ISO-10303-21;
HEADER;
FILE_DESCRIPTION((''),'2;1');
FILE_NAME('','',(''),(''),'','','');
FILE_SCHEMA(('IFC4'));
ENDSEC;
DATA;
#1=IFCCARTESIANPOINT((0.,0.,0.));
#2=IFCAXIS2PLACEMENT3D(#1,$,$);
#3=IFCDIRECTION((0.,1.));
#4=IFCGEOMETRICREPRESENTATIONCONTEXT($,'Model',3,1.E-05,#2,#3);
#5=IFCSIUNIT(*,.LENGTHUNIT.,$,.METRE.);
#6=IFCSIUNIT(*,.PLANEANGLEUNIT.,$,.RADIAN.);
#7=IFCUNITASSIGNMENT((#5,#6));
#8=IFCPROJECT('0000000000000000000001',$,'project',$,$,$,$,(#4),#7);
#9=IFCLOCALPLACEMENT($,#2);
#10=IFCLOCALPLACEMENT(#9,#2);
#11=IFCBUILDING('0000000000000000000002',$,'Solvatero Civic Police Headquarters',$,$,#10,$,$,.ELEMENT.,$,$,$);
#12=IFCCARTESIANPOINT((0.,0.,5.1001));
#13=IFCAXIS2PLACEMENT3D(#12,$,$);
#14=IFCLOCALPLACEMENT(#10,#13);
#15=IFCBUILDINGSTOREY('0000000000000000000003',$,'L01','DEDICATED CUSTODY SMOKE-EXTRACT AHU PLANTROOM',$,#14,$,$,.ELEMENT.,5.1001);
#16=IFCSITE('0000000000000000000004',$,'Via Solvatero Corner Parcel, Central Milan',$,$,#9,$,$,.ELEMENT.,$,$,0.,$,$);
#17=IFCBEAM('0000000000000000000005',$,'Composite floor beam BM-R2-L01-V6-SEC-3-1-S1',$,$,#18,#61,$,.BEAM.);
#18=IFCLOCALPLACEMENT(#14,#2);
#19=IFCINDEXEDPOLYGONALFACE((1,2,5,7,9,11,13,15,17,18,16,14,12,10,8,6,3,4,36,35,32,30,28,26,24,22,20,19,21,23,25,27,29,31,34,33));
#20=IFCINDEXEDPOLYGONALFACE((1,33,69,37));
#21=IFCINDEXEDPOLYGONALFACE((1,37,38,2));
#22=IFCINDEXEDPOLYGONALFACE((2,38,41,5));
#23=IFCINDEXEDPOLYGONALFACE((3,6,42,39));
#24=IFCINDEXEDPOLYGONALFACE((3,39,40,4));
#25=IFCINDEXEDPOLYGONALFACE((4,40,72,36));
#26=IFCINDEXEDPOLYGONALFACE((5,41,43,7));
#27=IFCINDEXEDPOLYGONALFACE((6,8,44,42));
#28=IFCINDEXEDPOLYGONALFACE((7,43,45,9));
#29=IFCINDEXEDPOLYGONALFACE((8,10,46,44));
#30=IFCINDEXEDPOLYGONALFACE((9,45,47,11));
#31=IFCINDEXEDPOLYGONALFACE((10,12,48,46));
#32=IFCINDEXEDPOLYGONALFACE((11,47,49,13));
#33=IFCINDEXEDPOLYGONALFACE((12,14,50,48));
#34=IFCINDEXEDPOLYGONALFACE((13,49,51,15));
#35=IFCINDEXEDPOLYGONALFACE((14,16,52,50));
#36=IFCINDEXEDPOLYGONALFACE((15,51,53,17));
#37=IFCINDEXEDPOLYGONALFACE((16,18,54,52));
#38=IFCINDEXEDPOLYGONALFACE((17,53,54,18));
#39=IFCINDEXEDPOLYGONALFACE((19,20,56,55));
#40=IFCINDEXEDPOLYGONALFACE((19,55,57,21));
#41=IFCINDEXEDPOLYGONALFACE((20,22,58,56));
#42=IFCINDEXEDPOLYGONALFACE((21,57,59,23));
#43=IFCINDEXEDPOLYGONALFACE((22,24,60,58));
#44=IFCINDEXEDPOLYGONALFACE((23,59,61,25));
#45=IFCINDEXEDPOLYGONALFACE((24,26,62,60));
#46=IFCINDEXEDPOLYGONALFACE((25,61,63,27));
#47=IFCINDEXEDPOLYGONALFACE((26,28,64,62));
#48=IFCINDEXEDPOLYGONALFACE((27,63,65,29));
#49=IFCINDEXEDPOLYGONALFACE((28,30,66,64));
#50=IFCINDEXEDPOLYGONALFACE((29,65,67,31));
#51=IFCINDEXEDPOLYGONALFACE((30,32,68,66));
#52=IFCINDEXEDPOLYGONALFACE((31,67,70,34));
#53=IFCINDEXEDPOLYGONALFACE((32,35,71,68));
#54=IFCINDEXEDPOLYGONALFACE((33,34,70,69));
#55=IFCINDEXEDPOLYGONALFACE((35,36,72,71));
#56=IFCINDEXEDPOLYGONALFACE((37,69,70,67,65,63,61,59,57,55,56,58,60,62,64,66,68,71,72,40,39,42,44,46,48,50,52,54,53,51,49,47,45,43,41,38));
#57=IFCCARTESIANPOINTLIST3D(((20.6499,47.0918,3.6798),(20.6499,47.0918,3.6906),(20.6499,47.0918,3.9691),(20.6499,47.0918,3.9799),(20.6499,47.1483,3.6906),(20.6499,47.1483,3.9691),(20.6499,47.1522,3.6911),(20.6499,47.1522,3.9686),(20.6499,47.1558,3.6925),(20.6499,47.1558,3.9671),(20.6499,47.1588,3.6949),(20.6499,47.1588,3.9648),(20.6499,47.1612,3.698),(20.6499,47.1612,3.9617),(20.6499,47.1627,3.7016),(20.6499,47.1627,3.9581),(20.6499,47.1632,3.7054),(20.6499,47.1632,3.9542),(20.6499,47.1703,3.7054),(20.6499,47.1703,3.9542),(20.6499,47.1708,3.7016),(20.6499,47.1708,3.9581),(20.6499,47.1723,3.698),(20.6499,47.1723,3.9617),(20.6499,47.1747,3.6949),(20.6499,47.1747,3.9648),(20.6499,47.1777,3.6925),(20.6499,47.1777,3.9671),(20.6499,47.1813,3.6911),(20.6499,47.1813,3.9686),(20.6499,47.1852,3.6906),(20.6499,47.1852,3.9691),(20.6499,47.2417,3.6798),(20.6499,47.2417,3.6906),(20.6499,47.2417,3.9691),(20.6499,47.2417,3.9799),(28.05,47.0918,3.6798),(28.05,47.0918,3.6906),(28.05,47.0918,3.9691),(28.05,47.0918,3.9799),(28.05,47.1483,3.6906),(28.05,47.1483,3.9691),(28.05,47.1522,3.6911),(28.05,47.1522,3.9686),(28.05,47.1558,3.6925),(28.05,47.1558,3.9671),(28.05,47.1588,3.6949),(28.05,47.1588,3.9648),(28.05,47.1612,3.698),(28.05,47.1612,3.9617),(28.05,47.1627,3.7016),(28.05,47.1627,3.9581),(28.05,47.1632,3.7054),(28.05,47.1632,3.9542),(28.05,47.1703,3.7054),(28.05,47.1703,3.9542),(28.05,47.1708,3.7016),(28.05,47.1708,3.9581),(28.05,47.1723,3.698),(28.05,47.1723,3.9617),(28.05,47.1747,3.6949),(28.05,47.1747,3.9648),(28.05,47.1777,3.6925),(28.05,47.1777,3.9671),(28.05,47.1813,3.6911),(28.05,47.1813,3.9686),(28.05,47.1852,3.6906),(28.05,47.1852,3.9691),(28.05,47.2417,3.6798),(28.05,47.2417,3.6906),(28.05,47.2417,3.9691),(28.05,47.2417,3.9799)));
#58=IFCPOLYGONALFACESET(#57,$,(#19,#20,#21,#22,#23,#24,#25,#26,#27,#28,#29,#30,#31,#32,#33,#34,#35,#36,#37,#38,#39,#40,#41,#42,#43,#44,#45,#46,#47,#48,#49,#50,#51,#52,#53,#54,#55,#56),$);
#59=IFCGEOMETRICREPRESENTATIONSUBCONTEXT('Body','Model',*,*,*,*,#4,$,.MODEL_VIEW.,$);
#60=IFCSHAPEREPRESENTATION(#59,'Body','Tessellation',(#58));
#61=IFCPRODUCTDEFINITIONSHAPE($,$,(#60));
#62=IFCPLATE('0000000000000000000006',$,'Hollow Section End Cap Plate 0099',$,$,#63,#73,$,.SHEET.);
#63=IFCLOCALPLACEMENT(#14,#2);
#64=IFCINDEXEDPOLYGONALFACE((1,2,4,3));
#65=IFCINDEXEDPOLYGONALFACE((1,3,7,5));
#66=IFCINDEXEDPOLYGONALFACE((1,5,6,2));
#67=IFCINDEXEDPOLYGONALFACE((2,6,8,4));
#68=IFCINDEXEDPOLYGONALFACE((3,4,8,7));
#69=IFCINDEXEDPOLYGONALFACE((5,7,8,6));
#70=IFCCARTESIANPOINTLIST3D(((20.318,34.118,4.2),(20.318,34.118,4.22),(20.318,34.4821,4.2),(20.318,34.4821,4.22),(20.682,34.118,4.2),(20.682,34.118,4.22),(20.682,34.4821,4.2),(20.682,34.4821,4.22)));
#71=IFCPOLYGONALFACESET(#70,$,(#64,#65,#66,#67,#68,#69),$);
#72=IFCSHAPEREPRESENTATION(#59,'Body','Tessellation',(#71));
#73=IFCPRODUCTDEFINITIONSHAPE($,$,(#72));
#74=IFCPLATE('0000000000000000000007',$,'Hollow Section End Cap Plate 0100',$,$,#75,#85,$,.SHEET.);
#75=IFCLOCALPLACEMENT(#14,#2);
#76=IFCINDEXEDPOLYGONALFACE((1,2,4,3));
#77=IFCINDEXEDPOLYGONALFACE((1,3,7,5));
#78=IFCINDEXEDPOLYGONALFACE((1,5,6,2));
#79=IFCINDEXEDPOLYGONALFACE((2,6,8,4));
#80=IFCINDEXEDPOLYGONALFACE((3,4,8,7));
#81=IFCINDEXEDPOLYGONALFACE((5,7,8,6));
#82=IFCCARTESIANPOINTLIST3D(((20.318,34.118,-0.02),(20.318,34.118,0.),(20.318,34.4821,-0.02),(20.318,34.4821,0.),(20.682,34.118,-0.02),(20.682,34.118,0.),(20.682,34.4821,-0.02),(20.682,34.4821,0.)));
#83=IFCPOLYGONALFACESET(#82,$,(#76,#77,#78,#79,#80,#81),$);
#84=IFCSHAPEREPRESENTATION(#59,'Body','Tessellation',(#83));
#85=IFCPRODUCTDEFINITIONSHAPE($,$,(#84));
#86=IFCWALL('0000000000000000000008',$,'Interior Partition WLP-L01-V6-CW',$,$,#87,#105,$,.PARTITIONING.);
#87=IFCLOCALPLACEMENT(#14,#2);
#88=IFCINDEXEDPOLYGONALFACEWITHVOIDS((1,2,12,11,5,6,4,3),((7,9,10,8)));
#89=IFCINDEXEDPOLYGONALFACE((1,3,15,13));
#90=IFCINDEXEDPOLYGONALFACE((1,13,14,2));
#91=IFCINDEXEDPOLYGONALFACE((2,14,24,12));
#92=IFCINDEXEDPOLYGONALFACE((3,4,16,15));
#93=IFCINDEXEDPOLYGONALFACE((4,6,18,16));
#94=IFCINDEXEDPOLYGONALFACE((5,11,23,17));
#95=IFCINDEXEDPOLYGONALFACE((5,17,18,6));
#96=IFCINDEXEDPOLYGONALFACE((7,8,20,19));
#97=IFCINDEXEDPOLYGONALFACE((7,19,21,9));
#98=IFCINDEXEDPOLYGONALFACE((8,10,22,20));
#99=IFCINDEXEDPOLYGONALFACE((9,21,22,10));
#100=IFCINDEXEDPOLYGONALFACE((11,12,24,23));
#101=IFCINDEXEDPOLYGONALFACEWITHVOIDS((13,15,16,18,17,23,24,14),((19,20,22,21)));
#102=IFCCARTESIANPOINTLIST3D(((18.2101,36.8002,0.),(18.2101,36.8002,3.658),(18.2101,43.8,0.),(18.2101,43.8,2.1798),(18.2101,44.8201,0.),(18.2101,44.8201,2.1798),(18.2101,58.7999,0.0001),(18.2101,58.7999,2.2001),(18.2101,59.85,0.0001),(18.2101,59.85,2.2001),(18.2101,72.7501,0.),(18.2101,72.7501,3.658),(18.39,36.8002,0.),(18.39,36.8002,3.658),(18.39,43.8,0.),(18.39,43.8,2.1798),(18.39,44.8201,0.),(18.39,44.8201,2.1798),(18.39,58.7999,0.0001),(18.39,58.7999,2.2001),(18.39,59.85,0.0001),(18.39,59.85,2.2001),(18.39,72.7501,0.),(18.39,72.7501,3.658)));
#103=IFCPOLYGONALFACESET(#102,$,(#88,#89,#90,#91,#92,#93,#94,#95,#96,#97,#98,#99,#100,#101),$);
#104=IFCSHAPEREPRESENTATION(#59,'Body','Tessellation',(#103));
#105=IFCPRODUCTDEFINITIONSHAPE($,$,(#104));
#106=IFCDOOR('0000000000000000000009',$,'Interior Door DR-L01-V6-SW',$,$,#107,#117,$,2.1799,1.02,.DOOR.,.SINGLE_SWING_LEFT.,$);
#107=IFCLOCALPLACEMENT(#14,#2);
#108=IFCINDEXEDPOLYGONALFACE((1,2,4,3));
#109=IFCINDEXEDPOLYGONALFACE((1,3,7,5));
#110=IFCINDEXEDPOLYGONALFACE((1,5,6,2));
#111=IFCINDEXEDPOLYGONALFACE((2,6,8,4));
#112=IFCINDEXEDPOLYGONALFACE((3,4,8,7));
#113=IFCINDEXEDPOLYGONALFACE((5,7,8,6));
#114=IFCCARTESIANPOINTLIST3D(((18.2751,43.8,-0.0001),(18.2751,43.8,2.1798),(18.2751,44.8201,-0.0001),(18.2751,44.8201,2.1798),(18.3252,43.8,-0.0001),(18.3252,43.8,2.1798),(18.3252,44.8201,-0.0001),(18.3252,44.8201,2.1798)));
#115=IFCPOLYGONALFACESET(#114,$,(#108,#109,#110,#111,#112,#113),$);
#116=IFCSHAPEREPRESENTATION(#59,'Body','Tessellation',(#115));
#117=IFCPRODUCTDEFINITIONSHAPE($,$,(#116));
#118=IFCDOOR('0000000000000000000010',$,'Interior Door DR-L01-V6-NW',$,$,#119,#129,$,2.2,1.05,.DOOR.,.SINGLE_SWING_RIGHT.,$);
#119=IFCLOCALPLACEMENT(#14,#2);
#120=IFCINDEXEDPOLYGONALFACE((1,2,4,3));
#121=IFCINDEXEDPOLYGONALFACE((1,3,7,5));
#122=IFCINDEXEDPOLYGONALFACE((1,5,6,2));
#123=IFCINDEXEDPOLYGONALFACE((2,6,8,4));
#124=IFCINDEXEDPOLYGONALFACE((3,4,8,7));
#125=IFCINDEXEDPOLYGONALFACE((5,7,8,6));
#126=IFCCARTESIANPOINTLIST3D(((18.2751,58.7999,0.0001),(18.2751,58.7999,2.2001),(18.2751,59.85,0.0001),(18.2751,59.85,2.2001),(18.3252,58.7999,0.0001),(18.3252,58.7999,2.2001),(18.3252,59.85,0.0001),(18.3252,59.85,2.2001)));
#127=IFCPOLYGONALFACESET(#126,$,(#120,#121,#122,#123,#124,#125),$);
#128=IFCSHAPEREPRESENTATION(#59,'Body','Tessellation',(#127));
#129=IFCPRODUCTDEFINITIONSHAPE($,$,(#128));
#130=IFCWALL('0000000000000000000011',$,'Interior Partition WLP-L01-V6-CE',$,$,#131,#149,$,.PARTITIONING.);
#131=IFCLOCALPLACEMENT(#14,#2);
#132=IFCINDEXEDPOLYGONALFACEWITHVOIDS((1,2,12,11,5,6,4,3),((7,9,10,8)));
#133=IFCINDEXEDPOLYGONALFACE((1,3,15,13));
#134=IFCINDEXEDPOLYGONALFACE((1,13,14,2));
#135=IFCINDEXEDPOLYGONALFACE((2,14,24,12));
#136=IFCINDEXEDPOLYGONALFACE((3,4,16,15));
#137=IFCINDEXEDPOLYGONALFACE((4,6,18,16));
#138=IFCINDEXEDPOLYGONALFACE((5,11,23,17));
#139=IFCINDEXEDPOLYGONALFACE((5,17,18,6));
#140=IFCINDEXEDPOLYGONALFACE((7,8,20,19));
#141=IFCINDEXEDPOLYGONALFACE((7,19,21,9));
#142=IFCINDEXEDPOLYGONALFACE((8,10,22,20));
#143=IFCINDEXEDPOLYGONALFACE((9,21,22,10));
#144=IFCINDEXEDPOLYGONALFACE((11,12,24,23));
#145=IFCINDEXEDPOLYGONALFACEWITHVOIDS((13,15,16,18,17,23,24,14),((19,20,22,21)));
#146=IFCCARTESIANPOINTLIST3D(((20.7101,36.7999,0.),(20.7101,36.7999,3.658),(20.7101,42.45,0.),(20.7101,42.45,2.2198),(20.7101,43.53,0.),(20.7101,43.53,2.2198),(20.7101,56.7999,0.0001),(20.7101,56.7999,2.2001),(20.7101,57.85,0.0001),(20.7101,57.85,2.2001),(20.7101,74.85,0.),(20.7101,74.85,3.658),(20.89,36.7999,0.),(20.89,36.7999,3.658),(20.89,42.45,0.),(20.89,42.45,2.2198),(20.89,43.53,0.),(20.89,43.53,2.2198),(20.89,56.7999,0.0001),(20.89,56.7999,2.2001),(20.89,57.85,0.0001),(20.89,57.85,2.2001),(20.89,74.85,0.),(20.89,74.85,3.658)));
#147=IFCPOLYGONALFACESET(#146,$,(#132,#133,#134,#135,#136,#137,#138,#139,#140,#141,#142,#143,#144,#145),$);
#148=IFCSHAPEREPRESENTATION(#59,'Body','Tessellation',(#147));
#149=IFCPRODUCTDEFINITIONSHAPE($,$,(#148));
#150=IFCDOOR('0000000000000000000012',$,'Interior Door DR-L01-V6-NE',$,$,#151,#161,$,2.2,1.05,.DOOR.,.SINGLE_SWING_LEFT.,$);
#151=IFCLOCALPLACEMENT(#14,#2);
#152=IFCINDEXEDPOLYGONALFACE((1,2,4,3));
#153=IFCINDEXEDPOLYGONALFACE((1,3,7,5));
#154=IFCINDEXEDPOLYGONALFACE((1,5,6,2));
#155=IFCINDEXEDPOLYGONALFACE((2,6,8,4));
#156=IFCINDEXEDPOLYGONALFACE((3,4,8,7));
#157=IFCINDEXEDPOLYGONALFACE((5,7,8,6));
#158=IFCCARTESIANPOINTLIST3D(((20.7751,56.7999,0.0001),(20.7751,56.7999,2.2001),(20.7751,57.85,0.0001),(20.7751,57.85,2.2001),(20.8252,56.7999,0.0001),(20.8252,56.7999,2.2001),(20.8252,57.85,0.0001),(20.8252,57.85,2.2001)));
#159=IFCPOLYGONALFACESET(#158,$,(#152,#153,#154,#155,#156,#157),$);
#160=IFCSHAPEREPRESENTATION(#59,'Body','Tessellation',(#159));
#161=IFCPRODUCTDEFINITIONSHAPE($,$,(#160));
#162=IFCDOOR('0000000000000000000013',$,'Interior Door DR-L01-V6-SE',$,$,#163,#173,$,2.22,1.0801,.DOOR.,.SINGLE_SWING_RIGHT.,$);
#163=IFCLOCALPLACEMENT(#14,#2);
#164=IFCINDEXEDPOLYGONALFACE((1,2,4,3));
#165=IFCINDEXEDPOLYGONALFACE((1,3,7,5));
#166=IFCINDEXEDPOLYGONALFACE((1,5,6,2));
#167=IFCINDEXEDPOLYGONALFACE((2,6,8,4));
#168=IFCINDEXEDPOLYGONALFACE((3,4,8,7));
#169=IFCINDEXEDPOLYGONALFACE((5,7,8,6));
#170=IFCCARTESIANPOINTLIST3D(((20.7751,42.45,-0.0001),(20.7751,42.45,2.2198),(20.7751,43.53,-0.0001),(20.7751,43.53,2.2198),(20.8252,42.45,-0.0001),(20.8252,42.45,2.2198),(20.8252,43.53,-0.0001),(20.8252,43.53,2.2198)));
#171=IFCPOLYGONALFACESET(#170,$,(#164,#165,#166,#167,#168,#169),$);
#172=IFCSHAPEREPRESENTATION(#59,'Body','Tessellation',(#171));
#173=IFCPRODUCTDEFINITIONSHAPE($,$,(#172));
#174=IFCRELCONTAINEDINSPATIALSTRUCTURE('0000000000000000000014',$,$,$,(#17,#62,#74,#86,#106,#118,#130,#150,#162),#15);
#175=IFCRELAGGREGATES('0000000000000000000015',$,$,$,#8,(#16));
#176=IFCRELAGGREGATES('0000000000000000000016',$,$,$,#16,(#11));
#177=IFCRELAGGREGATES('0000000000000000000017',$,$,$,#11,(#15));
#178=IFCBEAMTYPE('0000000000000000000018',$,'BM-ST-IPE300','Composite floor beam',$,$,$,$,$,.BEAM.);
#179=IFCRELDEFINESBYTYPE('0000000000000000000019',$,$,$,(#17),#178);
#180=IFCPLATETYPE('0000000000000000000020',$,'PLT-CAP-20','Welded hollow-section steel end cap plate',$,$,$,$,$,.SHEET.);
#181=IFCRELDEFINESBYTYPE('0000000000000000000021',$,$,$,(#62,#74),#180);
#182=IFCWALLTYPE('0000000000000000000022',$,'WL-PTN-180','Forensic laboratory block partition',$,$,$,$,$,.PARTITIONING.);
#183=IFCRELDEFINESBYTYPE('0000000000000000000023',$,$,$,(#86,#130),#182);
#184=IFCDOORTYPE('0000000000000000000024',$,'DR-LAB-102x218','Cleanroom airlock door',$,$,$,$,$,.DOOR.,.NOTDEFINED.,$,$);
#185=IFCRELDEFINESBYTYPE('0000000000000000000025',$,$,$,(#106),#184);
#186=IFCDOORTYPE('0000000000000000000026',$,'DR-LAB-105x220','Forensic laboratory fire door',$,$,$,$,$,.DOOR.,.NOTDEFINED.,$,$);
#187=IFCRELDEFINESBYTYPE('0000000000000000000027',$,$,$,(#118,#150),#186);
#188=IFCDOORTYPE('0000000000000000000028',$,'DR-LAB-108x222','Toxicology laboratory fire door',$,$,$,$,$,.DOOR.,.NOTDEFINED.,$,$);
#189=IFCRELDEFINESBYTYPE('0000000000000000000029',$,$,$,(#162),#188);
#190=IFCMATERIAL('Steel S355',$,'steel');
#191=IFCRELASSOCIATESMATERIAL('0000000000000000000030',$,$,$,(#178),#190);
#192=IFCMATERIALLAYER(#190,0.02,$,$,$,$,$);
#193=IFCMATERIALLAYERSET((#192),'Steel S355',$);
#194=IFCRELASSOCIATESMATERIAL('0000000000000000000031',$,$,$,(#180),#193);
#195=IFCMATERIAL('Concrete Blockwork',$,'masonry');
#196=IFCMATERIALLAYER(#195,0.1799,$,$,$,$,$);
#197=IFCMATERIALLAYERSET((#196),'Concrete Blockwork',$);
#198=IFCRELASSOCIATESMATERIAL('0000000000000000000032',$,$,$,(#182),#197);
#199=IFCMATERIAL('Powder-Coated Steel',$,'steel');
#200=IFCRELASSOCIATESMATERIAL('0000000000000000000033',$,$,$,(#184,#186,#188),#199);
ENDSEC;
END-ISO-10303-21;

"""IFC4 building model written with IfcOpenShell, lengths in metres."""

from ifc_helpers import new_model, si_unit, direction, frame, frame_2d, origin, origin_2d, place, context, subcontext, project, spatial, rectangle, i_section, extrude, material, layer, layer_set, material_profile, profile_set, type_object, element, fill, save


model = new_model("IFC4")

# Units and contexts
model_context = context("Model", 3, precision=1e-05, world=origin(), true_north=direction((0.0, 1.0)))
body_context = subcontext(model_context, "Body", "Model", "MODEL_VIEW")
ifc_project = project(units=[si_unit("LENGTHUNIT", "METRE"), si_unit("PLANEANGLEUNIT", "RADIAN")], contexts=[model_context])

# Site, building, storey
site_placement = place(None, origin())
site = spatial("IfcSite", under=ifc_project, at=site_placement, Name="Via Solvatero Corner Parcel, Central Milan", CompositionType="ELEMENT", RefElevation=0.0)
building_placement = place(site_placement, origin())
building = spatial("IfcBuilding", under=site, at=building_placement, Name="Solvatero Civic Police Headquarters", CompositionType="ELEMENT")
storey_placement = place(building_placement, frame((0.0, 0.0, 5.1001)))
storey = spatial("IfcBuildingStorey", under=building, at=storey_placement, Name="L01", Description="DEDICATED CUSTODY SMOKE-EXTRACT AHU PLANTROOM", CompositionType="ELEMENT", Elevation=5.1001)

# Shared definitions
ifc_material_1 = material(Name="Steel S355", Category="steel")

# Beam
ifc_material_profile_1 = material_profile(ifc_material_1, i_section(OverallWidth=0.1499, OverallDepth=0.3, WebThickness=0.0071, FlangeThickness=0.0107, FilletRadius=0.0149, at=origin_2d()), Name="IPE 300")
ifc_profile_set_1 = profile_set([ifc_material_profile_1], Name="Steel S355")
beam_type_1 = type_object("IfcBeamType", Name="BM-ST-IPE300", Description="Composite floor beam", PredefinedType="BEAM", material=ifc_profile_set_1)
beam_1_placement = place(storey_placement, frame((20.6499, 47.1667, 3.8298), z_axis=(1.0, 0.0, 0.0), x_axis=(0.0, 1.0, 0.0)))
element("IfcBeam", 1, at=beam_1_placement, inside=storey, type_object=beam_type_1, Name="Composite floor beam BM-R2-L01-V6-SEC-3-1-S1", PredefinedType="BEAM", context=body_context, shape_type="SweptSolid", body=[
    extrude(i_section(OverallWidth=0.1499, OverallDepth=0.3, WebThickness=0.0071, FlangeThickness=0.0107, FilletRadius=0.0149, at=origin_2d()), origin(), (0.0, 0.0, 1.0), 7.4001),
])

# Plates
ifc_layer_1 = layer(ifc_material_1, 0.02)
ifc_layer_set_1 = layer_set([ifc_layer_1], Name="Steel S355")
plate_type = type_object("IfcPlateType", Name="PLT-CAP-20", Description="Welded hollow-section steel end cap plate", PredefinedType="SHEET", material=ifc_layer_set_1)
for number, where, z_axis, x_axis, name in (
    (2, (20.5, 34.3, 4.2), (0.0, 0.0, 1.0), (1.0, 0.0, 0.0), "Hollow Section End Cap Plate 0099"),
    (3, (20.5, 34.3, -0.02), (0.0, 0.0, 1.0), (1.0, 0.0, 0.0), "Hollow Section End Cap Plate 0100"),
):
    element("IfcPlate", number, at=place(storey_placement, frame(where, z_axis=z_axis, x_axis=x_axis)), inside=storey, type_object=plate_type, Name=name, PredefinedType="SHEET", context=body_context, shape_type="SweptSolid", body=[
        extrude(rectangle(XDim=0.364, YDim=0.364, at=origin_2d()), origin(), (0.0, 0.0, 1.0), 0.02),
    ])

# Walls, openings, doors
ifc_material_2 = material(Name="Concrete Blockwork", Category="masonry")
ifc_layer_2 = layer(ifc_material_2, 0.1799)
ifc_layer_set_2 = layer_set([ifc_layer_2], Name="Concrete Blockwork")
wall_type = type_object("IfcWallType", Name="WL-PTN-180", Description="Forensic laboratory block partition", PredefinedType="PARTITIONING", material=ifc_layer_set_2)
wall_1_placement = place(storey_placement, frame((18.3, 36.8, 0.0), z_axis=(0.0, 0.0, 1.0), x_axis=(0.0, 1.0, 0.0)))
wall_1 = element("IfcWall", 4, at=wall_1_placement, inside=storey, type_object=wall_type, Name="Interior Partition WLP-L01-V6-CW", PredefinedType="PARTITIONING", context=body_context, shape_type="SweptSolid", body=[
    extrude(rectangle(XDim=35.95, YDim=0.1799, at=frame_2d((17.9751, 0.0))), origin(), (0.0, 0.0, 1.0), 3.658),
])
opening_1_placement = place(wall_1_placement, frame((7.0, 0.0, 0.0)))
opening_1 = element("IfcOpeningElement", 5, at=opening_1_placement, cuts=wall_1, PredefinedType="OPENING", context=body_context, shape_type="SweptSolid", body=[
    extrude(rectangle(XDim=1.02, YDim=2.1799, at=frame_2d((0.51, 1.0898))), frame((0.0, 0.0999, 0.0), z_axis=(0.0, -1.0, 0.0), x_axis=(1.0, 0.0, 0.0)), (0.0, 0.0, 1.0), 0.2),
])
opening_2_placement = place(wall_1_placement, frame((22.0, 0.0, 0.0)))
opening_2 = element("IfcOpeningElement", 6, at=opening_2_placement, cuts=wall_1, PredefinedType="OPENING", context=body_context, shape_type="SweptSolid", body=[
    extrude(rectangle(XDim=1.05, YDim=2.2, at=frame_2d((0.5249, 1.1001))), frame((0.0, 0.0999, 0.0), z_axis=(0.0, -1.0, 0.0), x_axis=(1.0, 0.0, 0.0)), (0.0, 0.0, 1.0), 0.2),
])
ifc_material_3 = material(Name="Powder-Coated Steel", Category="steel")
door_type_1 = type_object("IfcDoorType", Name="DR-LAB-102x218", Description="Cleanroom airlock door", OperationType="NOTDEFINED", PredefinedType="DOOR", material=ifc_material_3)
door_1_placement = place(opening_1_placement, origin())
door_1 = element("IfcDoor", 7, at=door_1_placement, inside=storey, type_object=door_type_1, Name="Interior Door DR-L01-V6-SW", OperationType="SINGLE_SWING_LEFT", OverallHeight=2.1799, OverallWidth=1.02, PredefinedType="DOOR", context=body_context, shape_type="SweptSolid", body=[
    extrude(rectangle(XDim=1.02, YDim=2.1799, at=frame_2d((0.51, 1.0898))), frame((0.0, 0.0249, 0.0), z_axis=(0.0, -1.0, 0.0), x_axis=(1.0, 0.0, 0.0)), (0.0, 0.0, 1.0), 0.05),
])
fill(opening_1, door_1)
door_type_2 = type_object("IfcDoorType", Name="DR-LAB-105x220", Description="Forensic laboratory fire door", OperationType="NOTDEFINED", PredefinedType="DOOR", material=ifc_material_3)
door_2_placement = place(opening_2_placement, origin())
door_2 = element("IfcDoor", 8, at=door_2_placement, inside=storey, type_object=door_type_2, Name="Interior Door DR-L01-V6-NW", OperationType="SINGLE_SWING_RIGHT", OverallHeight=2.2, OverallWidth=1.05, PredefinedType="DOOR", context=body_context, shape_type="SweptSolid", body=[
    extrude(rectangle(XDim=1.05, YDim=2.2, at=frame_2d((0.5249, 1.1001))), frame((0.0, 0.0249, 0.0), z_axis=(0.0, -1.0, 0.0), x_axis=(1.0, 0.0, 0.0)), (0.0, 0.0, 1.0), 0.05),
])
fill(opening_2, door_2)
wall_2_placement = place(storey_placement, frame((20.8, 36.8, 0.0), z_axis=(0.0, 0.0, 1.0), x_axis=(0.0, 1.0, 0.0)))
wall_2 = element("IfcWall", 9, at=wall_2_placement, inside=storey, type_object=wall_type, Name="Interior Partition WLP-L01-V6-CE", PredefinedType="PARTITIONING", context=body_context, shape_type="SweptSolid", body=[
    extrude(rectangle(XDim=38.05, YDim=0.1799, at=frame_2d((19.0249, 0.0))), origin(), (0.0, 0.0, 1.0), 3.658),
])
opening_3_placement = place(wall_2_placement, frame((5.6499, 0.0, 0.0)))
opening_3 = element("IfcOpeningElement", 10, at=opening_3_placement, cuts=wall_2, PredefinedType="OPENING", context=body_context, shape_type="SweptSolid", body=[
    extrude(rectangle(XDim=1.0801, YDim=2.22, at=frame_2d((0.54, 1.1099))), frame((0.0, 0.0999, 0.0), z_axis=(0.0, -1.0, 0.0), x_axis=(1.0, 0.0, 0.0)), (0.0, 0.0, 1.0), 0.2),
])
opening_4_placement = place(wall_2_placement, frame((20.0, 0.0, 0.0)))
opening_4 = element("IfcOpeningElement", 11, at=opening_4_placement, cuts=wall_2, PredefinedType="OPENING", context=body_context, shape_type="SweptSolid", body=[
    extrude(rectangle(XDim=1.05, YDim=2.2, at=frame_2d((0.5249, 1.1001))), frame((0.0, 0.0999, 0.0), z_axis=(0.0, -1.0, 0.0), x_axis=(1.0, 0.0, 0.0)), (0.0, 0.0, 1.0), 0.2),
])
door_3_placement = place(opening_4_placement, origin())
door_3 = element("IfcDoor", 12, at=door_3_placement, inside=storey, type_object=door_type_2, Name="Interior Door DR-L01-V6-NE", OperationType="SINGLE_SWING_LEFT", OverallHeight=2.2, OverallWidth=1.05, PredefinedType="DOOR", context=body_context, shape_type="SweptSolid", body=[
    extrude(rectangle(XDim=1.05, YDim=2.2, at=frame_2d((0.5249, 1.1001))), frame((0.0, 0.0249, 0.0), z_axis=(0.0, -1.0, 0.0), x_axis=(1.0, 0.0, 0.0)), (0.0, 0.0, 1.0), 0.05),
])
fill(opening_4, door_3)
door_type_3 = type_object("IfcDoorType", Name="DR-LAB-108x222", Description="Toxicology laboratory fire door", OperationType="NOTDEFINED", PredefinedType="DOOR", material=ifc_material_3)
door_4_placement = place(opening_3_placement, origin())
door_4 = element("IfcDoor", 13, at=door_4_placement, inside=storey, type_object=door_type_3, Name="Interior Door DR-L01-V6-SE", OperationType="SINGLE_SWING_RIGHT", OverallHeight=2.22, OverallWidth=1.0801, PredefinedType="DOOR", context=body_context, shape_type="SweptSolid", body=[
    extrude(rectangle(XDim=1.0801, YDim=2.22, at=frame_2d((0.54, 1.1099))), frame((0.0, 0.0249, 0.0), z_axis=(0.0, -1.0, 0.0), x_axis=(1.0, 0.0, 0.0)), (0.0, 0.0, 1.0), 0.05),
])
fill(opening_3, door_4)

save(model, "model.ifc")
